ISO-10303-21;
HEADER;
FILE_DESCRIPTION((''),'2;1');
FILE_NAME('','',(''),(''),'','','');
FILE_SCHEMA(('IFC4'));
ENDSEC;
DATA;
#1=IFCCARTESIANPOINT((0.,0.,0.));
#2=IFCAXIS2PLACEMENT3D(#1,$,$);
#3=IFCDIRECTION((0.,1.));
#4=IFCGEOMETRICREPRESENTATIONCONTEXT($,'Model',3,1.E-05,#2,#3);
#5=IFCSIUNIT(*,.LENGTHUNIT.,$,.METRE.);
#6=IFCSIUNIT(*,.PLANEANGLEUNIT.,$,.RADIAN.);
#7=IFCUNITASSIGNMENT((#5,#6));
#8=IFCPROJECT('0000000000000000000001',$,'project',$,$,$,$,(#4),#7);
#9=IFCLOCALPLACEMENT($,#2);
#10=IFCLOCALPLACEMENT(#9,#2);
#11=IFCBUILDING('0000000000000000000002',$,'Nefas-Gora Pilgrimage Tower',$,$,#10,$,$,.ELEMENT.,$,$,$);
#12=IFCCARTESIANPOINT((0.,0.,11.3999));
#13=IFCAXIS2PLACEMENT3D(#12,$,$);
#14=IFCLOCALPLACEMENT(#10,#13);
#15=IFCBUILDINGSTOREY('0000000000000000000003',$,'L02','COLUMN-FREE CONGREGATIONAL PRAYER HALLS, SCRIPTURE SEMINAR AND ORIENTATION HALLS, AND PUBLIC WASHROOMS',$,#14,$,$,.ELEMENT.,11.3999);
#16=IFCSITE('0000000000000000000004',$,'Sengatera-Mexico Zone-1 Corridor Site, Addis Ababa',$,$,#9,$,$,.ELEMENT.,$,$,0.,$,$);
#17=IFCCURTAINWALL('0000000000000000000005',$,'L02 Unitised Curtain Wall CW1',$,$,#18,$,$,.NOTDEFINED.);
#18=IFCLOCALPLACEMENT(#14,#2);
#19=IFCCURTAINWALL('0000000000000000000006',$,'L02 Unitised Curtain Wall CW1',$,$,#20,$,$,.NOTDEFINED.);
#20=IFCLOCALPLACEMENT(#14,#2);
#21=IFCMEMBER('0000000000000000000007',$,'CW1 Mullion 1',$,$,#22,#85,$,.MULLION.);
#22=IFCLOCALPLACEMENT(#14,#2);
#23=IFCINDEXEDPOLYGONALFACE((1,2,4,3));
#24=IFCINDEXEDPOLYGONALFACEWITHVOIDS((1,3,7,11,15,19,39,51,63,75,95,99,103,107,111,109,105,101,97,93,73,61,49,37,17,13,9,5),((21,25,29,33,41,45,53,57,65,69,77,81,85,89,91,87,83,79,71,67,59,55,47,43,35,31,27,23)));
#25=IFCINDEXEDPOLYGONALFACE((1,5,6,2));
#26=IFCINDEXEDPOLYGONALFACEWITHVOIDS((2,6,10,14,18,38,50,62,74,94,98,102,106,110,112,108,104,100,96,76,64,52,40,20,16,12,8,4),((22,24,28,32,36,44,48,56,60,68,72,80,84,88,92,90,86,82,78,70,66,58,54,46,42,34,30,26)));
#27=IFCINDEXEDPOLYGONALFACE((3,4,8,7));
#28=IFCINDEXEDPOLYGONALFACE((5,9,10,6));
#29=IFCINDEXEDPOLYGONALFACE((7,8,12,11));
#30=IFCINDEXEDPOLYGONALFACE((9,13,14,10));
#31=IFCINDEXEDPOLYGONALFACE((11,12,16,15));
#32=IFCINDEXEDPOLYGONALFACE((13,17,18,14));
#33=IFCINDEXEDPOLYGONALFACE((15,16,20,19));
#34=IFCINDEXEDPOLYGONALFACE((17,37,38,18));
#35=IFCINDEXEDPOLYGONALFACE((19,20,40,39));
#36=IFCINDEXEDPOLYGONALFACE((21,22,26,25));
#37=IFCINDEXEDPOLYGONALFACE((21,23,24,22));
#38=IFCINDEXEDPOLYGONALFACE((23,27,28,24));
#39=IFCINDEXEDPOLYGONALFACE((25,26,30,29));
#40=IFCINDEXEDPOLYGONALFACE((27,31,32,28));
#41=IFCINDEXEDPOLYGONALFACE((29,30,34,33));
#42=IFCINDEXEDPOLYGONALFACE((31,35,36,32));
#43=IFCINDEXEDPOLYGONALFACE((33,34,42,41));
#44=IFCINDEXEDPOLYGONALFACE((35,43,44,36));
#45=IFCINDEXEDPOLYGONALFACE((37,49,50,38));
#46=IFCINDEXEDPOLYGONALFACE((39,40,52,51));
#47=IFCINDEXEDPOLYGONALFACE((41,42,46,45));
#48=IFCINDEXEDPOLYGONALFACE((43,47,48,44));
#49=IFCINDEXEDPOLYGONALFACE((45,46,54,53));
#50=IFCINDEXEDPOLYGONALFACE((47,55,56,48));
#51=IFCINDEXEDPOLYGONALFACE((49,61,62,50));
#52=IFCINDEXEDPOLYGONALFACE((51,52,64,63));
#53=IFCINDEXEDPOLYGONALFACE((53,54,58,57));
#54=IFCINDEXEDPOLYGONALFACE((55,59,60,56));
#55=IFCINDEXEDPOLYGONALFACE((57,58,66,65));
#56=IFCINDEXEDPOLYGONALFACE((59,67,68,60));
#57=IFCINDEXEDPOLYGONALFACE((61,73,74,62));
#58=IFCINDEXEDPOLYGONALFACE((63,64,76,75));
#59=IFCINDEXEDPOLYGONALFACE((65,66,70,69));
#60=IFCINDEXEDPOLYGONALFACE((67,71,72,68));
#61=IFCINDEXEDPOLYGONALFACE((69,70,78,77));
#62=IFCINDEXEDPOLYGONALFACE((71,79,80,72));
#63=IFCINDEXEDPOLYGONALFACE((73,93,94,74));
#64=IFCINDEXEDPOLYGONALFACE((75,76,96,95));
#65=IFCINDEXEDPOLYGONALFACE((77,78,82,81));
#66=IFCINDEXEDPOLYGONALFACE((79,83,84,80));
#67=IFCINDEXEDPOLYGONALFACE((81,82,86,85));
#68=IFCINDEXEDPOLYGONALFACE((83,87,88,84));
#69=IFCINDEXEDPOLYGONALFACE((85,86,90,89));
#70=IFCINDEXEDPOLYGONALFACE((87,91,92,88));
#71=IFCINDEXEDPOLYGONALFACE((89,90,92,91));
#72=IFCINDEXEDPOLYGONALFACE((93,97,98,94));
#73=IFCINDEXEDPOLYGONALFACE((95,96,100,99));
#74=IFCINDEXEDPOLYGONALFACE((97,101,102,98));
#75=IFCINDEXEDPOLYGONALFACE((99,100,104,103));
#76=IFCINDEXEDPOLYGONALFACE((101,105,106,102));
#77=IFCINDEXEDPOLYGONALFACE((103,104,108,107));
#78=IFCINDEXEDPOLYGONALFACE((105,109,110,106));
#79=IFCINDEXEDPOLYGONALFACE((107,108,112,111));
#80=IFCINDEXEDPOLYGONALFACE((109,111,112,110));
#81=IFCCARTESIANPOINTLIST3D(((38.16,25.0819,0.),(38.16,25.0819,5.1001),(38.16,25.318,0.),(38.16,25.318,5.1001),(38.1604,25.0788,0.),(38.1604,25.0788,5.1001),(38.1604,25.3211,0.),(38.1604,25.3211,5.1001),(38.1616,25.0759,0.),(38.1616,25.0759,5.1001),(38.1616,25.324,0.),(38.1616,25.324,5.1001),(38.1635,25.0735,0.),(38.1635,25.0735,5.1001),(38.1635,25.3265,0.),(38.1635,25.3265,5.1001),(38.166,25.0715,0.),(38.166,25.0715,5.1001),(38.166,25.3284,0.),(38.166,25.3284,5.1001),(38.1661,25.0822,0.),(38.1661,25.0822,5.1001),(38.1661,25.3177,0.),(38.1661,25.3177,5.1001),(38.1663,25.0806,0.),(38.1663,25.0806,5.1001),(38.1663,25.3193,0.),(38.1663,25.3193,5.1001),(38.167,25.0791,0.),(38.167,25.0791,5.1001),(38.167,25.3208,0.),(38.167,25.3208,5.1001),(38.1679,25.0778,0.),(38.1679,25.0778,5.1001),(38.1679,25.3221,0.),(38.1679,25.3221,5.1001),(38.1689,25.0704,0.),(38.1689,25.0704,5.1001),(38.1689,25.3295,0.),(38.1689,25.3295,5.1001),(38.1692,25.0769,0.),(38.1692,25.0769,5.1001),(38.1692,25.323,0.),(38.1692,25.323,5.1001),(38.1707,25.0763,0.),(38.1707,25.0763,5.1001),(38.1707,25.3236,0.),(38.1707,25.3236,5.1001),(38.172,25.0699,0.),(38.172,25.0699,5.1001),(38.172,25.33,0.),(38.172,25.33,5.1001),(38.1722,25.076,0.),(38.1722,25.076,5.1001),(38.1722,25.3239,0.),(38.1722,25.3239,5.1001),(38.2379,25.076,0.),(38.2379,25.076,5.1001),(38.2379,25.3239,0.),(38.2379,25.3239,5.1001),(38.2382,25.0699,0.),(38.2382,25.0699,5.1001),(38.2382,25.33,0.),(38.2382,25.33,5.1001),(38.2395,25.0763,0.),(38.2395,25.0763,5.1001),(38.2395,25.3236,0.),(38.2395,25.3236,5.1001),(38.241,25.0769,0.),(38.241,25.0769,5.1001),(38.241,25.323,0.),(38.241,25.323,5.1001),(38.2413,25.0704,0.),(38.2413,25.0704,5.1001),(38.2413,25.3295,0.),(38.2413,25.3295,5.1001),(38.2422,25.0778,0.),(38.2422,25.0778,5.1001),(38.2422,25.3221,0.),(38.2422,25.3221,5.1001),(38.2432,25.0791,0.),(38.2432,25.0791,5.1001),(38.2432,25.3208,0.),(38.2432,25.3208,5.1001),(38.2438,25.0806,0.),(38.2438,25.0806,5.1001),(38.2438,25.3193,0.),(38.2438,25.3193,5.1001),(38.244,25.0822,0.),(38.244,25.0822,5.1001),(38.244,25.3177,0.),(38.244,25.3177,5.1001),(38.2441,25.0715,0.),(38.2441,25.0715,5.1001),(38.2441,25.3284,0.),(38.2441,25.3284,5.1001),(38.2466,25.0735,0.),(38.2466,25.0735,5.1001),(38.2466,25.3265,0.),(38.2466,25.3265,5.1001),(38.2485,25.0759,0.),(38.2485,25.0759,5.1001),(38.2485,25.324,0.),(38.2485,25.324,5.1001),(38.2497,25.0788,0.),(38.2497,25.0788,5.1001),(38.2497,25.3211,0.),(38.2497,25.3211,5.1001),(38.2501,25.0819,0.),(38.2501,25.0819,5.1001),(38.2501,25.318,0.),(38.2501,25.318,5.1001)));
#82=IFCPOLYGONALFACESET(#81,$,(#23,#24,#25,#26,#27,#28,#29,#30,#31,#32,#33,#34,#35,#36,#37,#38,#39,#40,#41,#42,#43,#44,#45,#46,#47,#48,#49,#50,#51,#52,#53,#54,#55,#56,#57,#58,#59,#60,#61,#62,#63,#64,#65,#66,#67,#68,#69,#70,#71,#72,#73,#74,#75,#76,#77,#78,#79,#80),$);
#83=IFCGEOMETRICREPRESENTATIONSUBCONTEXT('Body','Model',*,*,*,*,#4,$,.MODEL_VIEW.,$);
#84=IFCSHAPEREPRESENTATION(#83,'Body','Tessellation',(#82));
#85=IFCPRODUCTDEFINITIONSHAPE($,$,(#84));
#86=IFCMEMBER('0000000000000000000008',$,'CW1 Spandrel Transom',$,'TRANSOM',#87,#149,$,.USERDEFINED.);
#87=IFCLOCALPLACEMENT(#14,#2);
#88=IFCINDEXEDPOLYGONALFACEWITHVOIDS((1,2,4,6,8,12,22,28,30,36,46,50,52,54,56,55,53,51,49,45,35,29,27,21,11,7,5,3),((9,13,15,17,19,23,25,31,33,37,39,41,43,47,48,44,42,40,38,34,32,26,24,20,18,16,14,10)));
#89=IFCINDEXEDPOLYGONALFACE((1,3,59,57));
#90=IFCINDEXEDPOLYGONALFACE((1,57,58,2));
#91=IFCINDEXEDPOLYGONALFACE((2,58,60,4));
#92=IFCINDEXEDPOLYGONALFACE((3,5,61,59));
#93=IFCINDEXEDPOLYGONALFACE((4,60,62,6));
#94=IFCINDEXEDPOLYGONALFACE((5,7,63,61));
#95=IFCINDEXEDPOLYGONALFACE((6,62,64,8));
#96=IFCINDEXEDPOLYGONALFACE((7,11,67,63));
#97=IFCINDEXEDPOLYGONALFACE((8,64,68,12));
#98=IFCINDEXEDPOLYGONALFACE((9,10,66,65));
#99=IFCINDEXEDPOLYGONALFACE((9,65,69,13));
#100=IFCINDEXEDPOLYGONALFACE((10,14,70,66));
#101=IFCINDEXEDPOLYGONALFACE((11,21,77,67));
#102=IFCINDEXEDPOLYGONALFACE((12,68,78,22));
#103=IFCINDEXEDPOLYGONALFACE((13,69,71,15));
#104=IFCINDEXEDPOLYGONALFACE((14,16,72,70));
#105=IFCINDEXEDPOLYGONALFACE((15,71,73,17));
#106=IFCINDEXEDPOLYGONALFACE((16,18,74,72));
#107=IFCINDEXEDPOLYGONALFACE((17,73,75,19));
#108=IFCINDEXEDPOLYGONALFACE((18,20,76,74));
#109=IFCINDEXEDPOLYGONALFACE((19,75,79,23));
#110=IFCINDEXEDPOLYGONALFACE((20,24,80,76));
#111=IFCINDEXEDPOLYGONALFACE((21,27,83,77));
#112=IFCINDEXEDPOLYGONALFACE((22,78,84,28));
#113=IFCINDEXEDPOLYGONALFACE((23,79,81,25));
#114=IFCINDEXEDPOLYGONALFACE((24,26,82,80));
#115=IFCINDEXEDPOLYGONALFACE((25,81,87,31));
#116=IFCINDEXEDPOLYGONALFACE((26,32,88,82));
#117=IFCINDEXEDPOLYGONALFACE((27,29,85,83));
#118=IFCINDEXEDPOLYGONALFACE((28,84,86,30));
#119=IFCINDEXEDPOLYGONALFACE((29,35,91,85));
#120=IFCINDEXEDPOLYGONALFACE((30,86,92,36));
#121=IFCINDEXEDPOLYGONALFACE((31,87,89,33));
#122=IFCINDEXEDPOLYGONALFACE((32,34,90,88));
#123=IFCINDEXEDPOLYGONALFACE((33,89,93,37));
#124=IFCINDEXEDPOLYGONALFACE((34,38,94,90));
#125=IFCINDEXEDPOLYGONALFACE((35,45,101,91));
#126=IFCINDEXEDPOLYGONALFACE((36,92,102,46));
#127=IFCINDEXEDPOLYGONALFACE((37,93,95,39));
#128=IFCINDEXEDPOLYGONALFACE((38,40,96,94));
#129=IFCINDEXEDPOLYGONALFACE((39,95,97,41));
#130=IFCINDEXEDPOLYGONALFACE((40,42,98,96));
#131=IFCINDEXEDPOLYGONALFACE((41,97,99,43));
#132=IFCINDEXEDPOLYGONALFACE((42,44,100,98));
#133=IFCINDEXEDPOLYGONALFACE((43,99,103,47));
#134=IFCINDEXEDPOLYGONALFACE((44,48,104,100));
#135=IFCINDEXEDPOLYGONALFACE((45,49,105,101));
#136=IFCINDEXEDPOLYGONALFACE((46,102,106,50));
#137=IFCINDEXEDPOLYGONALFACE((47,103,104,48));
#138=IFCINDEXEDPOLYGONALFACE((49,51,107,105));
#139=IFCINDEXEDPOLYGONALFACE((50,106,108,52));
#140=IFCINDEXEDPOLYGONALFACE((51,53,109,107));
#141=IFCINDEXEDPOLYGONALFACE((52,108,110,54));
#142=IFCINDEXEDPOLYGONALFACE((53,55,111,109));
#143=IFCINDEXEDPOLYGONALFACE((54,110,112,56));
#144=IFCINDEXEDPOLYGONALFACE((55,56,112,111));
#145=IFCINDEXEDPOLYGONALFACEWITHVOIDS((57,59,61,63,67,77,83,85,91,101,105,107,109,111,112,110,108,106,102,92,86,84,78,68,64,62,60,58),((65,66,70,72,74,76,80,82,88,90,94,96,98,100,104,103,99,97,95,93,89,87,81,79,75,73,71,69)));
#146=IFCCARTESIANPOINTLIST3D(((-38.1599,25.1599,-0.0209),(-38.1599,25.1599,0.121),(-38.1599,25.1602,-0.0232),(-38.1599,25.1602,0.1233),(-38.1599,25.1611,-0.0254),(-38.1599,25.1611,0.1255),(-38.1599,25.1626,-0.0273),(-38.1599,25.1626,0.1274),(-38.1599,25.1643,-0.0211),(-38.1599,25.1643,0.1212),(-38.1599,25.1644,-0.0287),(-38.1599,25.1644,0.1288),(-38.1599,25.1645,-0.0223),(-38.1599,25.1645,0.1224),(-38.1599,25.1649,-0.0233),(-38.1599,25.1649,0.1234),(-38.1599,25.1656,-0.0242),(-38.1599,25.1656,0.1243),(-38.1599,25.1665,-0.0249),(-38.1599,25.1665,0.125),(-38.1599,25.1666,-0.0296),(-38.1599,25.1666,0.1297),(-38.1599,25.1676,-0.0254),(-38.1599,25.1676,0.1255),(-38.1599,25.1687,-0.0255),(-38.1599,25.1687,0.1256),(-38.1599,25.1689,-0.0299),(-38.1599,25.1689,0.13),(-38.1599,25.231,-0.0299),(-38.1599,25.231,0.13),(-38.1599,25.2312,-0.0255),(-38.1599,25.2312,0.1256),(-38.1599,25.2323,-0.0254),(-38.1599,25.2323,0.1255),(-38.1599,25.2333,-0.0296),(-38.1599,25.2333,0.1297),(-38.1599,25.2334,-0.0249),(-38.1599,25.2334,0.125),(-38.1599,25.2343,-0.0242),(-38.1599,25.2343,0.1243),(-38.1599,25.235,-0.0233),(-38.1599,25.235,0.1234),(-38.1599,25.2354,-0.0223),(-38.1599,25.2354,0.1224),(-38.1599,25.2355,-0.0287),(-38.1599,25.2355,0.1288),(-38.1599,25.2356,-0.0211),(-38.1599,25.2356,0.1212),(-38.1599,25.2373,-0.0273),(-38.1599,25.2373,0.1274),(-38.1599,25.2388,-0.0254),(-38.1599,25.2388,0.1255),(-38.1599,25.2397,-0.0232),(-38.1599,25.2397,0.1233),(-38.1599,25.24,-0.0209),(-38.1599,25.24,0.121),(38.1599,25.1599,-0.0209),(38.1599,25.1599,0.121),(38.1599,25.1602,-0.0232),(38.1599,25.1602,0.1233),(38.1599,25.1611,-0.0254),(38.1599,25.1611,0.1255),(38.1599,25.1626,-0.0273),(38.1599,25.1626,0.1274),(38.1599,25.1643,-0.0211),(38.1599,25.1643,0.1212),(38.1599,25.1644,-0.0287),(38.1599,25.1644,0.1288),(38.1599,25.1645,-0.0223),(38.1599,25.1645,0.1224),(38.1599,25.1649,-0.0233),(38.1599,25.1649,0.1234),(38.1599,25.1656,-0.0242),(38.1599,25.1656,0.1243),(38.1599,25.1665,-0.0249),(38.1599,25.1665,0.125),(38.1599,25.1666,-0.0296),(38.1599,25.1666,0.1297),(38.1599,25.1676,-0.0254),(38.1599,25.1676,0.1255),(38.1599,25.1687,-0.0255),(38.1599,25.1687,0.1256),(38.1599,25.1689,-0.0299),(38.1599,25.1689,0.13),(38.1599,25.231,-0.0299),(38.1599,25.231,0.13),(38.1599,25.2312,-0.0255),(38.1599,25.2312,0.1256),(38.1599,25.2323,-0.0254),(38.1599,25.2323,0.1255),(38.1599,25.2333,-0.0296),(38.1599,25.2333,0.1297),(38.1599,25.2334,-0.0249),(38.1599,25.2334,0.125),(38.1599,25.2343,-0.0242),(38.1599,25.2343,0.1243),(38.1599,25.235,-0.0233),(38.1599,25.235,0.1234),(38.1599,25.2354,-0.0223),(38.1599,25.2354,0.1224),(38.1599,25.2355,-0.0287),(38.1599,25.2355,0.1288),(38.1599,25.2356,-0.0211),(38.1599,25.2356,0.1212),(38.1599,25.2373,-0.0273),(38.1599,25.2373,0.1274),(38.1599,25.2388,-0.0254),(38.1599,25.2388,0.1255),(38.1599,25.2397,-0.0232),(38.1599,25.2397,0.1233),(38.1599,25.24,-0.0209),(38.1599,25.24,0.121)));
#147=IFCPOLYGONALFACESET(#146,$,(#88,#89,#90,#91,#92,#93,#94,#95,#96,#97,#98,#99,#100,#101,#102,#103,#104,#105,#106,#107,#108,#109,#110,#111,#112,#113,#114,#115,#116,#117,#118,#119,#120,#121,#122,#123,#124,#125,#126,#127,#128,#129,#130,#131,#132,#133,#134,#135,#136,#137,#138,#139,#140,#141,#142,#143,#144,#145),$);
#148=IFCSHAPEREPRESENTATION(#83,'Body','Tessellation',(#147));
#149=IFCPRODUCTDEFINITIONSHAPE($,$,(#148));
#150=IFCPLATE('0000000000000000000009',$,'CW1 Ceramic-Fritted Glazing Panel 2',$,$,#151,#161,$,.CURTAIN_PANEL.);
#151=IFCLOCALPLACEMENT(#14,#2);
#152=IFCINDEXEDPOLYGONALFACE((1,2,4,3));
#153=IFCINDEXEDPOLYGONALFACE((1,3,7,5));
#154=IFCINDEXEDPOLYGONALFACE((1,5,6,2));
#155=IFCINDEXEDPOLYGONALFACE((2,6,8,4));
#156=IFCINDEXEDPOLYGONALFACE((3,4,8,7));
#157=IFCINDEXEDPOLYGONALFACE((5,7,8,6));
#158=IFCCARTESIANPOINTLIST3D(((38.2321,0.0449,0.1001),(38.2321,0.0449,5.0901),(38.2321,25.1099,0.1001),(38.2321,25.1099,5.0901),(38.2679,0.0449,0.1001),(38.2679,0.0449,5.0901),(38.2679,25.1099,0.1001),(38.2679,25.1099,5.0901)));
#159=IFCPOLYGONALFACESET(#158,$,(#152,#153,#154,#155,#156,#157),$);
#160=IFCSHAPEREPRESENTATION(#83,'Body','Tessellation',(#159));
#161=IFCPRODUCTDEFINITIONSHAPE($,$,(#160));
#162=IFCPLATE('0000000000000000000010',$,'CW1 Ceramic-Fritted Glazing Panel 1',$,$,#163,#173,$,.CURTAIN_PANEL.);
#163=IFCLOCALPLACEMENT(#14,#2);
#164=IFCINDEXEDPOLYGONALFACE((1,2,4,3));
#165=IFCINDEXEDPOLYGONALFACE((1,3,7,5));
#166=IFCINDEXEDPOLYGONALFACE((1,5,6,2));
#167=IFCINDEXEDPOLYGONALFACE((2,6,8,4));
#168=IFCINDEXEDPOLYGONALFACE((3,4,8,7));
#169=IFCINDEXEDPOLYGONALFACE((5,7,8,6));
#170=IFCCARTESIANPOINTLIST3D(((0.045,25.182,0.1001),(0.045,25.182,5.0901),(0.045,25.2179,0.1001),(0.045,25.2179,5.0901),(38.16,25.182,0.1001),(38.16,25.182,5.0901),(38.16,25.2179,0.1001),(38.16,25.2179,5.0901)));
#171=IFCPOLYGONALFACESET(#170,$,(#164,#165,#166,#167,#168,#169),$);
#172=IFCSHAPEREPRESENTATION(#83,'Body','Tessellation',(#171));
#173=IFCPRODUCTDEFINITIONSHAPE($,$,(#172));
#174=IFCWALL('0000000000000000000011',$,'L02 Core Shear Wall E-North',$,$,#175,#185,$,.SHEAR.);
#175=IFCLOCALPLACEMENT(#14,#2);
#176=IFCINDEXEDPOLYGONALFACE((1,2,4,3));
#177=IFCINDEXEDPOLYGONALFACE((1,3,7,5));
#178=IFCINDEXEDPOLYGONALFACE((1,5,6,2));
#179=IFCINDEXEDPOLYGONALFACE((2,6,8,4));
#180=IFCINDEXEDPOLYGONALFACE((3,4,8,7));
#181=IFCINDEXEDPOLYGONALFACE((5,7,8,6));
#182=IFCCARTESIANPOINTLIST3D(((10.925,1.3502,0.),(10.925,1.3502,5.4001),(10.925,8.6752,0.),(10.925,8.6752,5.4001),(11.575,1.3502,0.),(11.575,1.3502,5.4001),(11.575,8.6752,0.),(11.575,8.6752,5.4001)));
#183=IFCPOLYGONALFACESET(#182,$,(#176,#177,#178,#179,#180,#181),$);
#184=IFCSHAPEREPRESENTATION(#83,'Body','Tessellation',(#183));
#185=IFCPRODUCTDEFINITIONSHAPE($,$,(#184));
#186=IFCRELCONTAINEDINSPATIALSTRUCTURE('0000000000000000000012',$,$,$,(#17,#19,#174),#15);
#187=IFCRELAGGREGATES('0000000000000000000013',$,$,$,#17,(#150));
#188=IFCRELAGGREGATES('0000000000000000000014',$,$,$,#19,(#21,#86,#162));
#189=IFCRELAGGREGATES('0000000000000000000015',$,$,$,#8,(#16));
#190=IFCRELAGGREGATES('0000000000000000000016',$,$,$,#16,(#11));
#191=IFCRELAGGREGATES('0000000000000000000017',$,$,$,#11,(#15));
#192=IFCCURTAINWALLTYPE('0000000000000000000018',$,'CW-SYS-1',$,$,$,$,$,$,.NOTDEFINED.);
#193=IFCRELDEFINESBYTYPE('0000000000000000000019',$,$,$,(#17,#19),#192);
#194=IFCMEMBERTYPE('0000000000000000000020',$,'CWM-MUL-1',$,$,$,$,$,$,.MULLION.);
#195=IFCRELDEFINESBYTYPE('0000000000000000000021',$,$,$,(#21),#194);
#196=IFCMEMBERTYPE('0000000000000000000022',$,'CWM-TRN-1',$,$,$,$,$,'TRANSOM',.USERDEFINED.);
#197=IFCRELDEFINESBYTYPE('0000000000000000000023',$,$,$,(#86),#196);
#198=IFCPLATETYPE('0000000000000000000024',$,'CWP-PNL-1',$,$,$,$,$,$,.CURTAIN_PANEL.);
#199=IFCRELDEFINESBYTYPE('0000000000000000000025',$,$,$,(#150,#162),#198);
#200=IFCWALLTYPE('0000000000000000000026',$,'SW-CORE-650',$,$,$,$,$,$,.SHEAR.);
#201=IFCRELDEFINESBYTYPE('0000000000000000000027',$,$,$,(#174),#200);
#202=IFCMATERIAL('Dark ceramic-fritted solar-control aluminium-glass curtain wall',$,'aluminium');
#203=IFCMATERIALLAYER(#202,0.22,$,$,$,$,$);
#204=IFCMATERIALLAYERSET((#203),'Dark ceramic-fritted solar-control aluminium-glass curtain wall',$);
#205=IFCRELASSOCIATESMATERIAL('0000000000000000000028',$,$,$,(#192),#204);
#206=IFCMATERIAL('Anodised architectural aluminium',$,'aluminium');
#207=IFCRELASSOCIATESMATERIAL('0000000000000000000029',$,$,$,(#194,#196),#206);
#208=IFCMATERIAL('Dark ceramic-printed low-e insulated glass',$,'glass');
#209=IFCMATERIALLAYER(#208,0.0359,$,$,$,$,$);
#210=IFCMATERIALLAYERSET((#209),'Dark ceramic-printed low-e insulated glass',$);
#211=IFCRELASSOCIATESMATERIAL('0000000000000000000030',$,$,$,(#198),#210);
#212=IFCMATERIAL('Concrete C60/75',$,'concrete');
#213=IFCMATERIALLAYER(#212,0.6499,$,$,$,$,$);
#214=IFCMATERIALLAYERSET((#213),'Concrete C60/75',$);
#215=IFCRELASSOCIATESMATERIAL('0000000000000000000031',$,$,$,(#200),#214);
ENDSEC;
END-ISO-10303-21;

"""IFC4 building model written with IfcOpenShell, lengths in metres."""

from ifc_helpers import new_model, si_unit, direction, frame, frame_2d, origin, origin_2d, place, context, subcontext, project, spatial, rectangle, hollow_rectangle, extrude, source, transform, mapped, material, layer, layer_set, material_profile, profile_set, type_object, element, aggregate, save


model = new_model("IFC4")

# Units and contexts
model_context = context("Model", 3, precision=1e-05, world=origin(), true_north=direction((0.0, 1.0)))
body_context = subcontext(model_context, "Body", "Model", "MODEL_VIEW")
ifc_project = project(units=[si_unit("LENGTHUNIT", "METRE"), si_unit("PLANEANGLEUNIT", "RADIAN")], contexts=[model_context])

# Site, building, storey
site_placement = place(None, origin())
site = spatial("IfcSite", under=ifc_project, at=site_placement, Name="Sengatera-Mexico Zone-1 Corridor Site, Addis Ababa", CompositionType="ELEMENT", RefElevation=0.0)
building_placement = place(site_placement, origin())
building = spatial("IfcBuilding", under=site, at=building_placement, Name="Nefas-Gora Pilgrimage Tower", CompositionType="ELEMENT")
storey_placement = place(building_placement, frame((0.0, 0.0, 11.3999)))
storey = spatial("IfcBuildingStorey", under=building, at=storey_placement, Name="L02", Description="COLUMN-FREE CONGREGATIONAL PRAYER HALLS, SCRIPTURE SEMINAR AND ORIENTATION HALLS, AND PUBLIC WASHROOMS", CompositionType="ELEMENT", Elevation=11.3999)

# Curtain walls, members
ifc_material_1 = material(Name="Dark ceramic-fritted solar-control aluminium-glass curtain wall", Category="aluminium")
ifc_layer_1 = layer(ifc_material_1, 0.22)
ifc_layer_set_1 = layer_set([ifc_layer_1], Name="Dark ceramic-fritted solar-control aluminium-glass curtain wall")
curtain_wall_type = type_object("IfcCurtainWallType", Name="CW-SYS-1", PredefinedType="NOTDEFINED", material=ifc_layer_set_1)
curtain_wall_1_placement = place(storey_placement, origin())
curtain_wall_1 = element("IfcCurtainWall", 1, at=curtain_wall_1_placement, inside=storey, type_object=curtain_wall_type, Name="L02 Unitised Curtain Wall CW1", PredefinedType="NOTDEFINED")
ifc_material_2 = material(Name="Anodised architectural aluminium", Category="aluminium")
ifc_material_profile_1 = material_profile(ifc_material_2, hollow_rectangle(XDim=0.0901, YDim=0.26, WallThickness=0.0061, InnerFilletRadius=0.0061, OuterFilletRadius=0.012, at=origin_2d()), Name="ALU MULLION 90x260")
ifc_profile_set_1 = profile_set([ifc_material_profile_1], Name="Anodised architectural aluminium")
member_type_1 = type_object("IfcMemberType", Name="CWM-MUL-1", PredefinedType="MULLION", material=ifc_profile_set_1)
shared_shape_1 = source(origin(), body_context, "Body", "SweptSolid", [
    extrude(hollow_rectangle(XDim=0.0901, YDim=0.26, WallThickness=0.0061, InnerFilletRadius=0.0061, OuterFilletRadius=0.012, at=origin_2d()), origin(), (0.0, 0.0, 1.0), 5.1001),
])
curtain_wall_2_placement = place(storey_placement, origin())
curtain_wall_2 = element("IfcCurtainWall", 2, at=curtain_wall_2_placement, inside=storey, type_object=curtain_wall_type, Name="L02 Unitised Curtain Wall CW1", PredefinedType="NOTDEFINED")
member_1_placement = place(storey_placement, frame((38.2051, 25.2, 0.0), z_axis=(0.0, 0.0, 1.0), x_axis=(-1.0, 0.0, 0.0)))
member_1 = element("IfcMember", 3, at=member_1_placement, type_object=member_type_1, Name="CW1 Mullion 1", PredefinedType="MULLION", context=body_context, shape_type="MappedRepresentation", body=[
    mapped(shared_shape_1, transform((0.0, 0.0, 0.0), x_axis=(1.0, 0.0, 0.0), y_axis=(0.0, 1.0, 0.0), z_axis=(0.0, 0.0, 1.0), scale=1.0)),
])
ifc_material_profile_2 = material_profile(ifc_material_2, hollow_rectangle(XDim=0.0801, YDim=0.1599, WallThickness=0.0044, InnerFilletRadius=0.0044, OuterFilletRadius=0.009, at=origin_2d()), Name="ALU TRANSOM 80x160")
ifc_profile_set_2 = profile_set([ifc_material_profile_2], Name="Anodised architectural aluminium")
member_type_2 = type_object("IfcMemberType", Name="CWM-TRN-1", ElementType="TRANSOM", PredefinedType="USERDEFINED", material=ifc_profile_set_2)
shared_shape_2 = source(origin(), body_context, "Body", "SweptSolid", [
    extrude(hollow_rectangle(XDim=0.0801, YDim=0.1599, WallThickness=0.0044, InnerFilletRadius=0.0044, OuterFilletRadius=0.009, at=origin_2d()), origin(), (0.0, 0.0, 1.0), 76.3198),
])
member_2_placement = place(storey_placement, frame((38.1599, 25.2, 0.05), z_axis=(-1.0, 0.0, 0.0), x_axis=(0.0, -1.0, 0.0)))
member_2 = element("IfcMember", 4, at=member_2_placement, type_object=member_type_2, Name="CW1 Spandrel Transom", ObjectType="TRANSOM", PredefinedType="USERDEFINED", context=body_context, shape_type="MappedRepresentation", body=[
    mapped(shared_shape_2, transform((0.0, 0.0, 0.0), x_axis=(1.0, 0.0, 0.0), y_axis=(0.0, 1.0, 0.0), z_axis=(0.0, 0.0, 1.0), scale=1.0)),
])

# Plates
ifc_material_3 = material(Name="Dark ceramic-printed low-e insulated glass", Category="glass")
ifc_layer_2 = layer(ifc_material_3, 0.0359)
ifc_layer_set_2 = layer_set([ifc_layer_2], Name="Dark ceramic-printed low-e insulated glass")
plate_type = type_object("IfcPlateType", Name="CWP-PNL-1", PredefinedType="CURTAIN_PANEL", material=ifc_layer_set_2)
shared_shape_3 = source(origin(), body_context, "Body", "SweptSolid", [
    extrude(rectangle(XDim=25.0649, YDim=0.0359, at=origin_2d()), origin(), (0.0, 0.0, 1.0), 4.99),
])
plate_1_placement = place(storey_placement, frame((38.25, 12.5774, 0.1001), z_axis=(0.0, 0.0, 1.0), x_axis=(0.0, 1.0, 0.0)))
plate_1 = element("IfcPlate", 5, at=plate_1_placement, type_object=plate_type, Name="CW1 Ceramic-Fritted Glazing Panel 2", PredefinedType="CURTAIN_PANEL", context=body_context, shape_type="MappedRepresentation", body=[
    mapped(shared_shape_3, transform((0.0, 0.0, 0.0), x_axis=(1.0, 0.0, 0.0), y_axis=(0.0, 1.0, 0.0), z_axis=(0.0, 0.0, 1.0), scale=1.0)),
])
aggregate(curtain_wall_1, [plate_1])
shared_shape_4 = source(origin(), body_context, "Body", "SweptSolid", [
    extrude(rectangle(XDim=38.115, YDim=0.0359, at=origin_2d()), origin(), (0.0, 0.0, 1.0), 4.99),
])
plate_2_placement = place(storey_placement, frame((19.1025, 25.2, 0.1001), z_axis=(0.0, 0.0, 1.0), x_axis=(-1.0, 0.0, 0.0)))
plate_2 = element("IfcPlate", 6, at=plate_2_placement, type_object=plate_type, Name="CW1 Ceramic-Fritted Glazing Panel 1", PredefinedType="CURTAIN_PANEL", context=body_context, shape_type="MappedRepresentation", body=[
    mapped(shared_shape_4, transform((0.0, 0.0, 0.0), x_axis=(1.0, 0.0, 0.0), y_axis=(0.0, 1.0, 0.0), z_axis=(0.0, 0.0, 1.0), scale=1.0)),
])
aggregate(curtain_wall_2, [member_1, member_2, plate_2])

# Wall
ifc_material_4 = material(Name="Concrete C60/75", Category="concrete")
ifc_layer_3 = layer(ifc_material_4, 0.6499)
ifc_layer_set_3 = layer_set([ifc_layer_3], Name="Concrete C60/75")
wall_type_1 = type_object("IfcWallType", Name="SW-CORE-650", PredefinedType="SHEAR", material=ifc_layer_set_3)
shared_shape_5 = source(origin(), body_context, "Body", "SweptSolid", [
    extrude(rectangle(XDim=7.325, YDim=0.6499, at=frame_2d((3.6626, 0.0))), origin(), (0.0, 0.0, 1.0), 5.4001),
])
wall_1_placement = place(storey_placement, frame((11.25, 1.3501, 0.0), z_axis=(0.0, 0.0, 1.0), x_axis=(0.0, 1.0, 0.0)))
element("IfcWall", 7, at=wall_1_placement, inside=storey, type_object=wall_type_1, Name="L02 Core Shear Wall E-North", PredefinedType="SHEAR", context=body_context, shape_type="MappedRepresentation", body=[
    mapped(shared_shape_5, transform((0.0, 0.0, 0.0), x_axis=(1.0, 0.0, 0.0), y_axis=(0.0, 1.0, 0.0), z_axis=(0.0, 0.0, 1.0), scale=1.0)),
])

save(model, "model.ifc")
